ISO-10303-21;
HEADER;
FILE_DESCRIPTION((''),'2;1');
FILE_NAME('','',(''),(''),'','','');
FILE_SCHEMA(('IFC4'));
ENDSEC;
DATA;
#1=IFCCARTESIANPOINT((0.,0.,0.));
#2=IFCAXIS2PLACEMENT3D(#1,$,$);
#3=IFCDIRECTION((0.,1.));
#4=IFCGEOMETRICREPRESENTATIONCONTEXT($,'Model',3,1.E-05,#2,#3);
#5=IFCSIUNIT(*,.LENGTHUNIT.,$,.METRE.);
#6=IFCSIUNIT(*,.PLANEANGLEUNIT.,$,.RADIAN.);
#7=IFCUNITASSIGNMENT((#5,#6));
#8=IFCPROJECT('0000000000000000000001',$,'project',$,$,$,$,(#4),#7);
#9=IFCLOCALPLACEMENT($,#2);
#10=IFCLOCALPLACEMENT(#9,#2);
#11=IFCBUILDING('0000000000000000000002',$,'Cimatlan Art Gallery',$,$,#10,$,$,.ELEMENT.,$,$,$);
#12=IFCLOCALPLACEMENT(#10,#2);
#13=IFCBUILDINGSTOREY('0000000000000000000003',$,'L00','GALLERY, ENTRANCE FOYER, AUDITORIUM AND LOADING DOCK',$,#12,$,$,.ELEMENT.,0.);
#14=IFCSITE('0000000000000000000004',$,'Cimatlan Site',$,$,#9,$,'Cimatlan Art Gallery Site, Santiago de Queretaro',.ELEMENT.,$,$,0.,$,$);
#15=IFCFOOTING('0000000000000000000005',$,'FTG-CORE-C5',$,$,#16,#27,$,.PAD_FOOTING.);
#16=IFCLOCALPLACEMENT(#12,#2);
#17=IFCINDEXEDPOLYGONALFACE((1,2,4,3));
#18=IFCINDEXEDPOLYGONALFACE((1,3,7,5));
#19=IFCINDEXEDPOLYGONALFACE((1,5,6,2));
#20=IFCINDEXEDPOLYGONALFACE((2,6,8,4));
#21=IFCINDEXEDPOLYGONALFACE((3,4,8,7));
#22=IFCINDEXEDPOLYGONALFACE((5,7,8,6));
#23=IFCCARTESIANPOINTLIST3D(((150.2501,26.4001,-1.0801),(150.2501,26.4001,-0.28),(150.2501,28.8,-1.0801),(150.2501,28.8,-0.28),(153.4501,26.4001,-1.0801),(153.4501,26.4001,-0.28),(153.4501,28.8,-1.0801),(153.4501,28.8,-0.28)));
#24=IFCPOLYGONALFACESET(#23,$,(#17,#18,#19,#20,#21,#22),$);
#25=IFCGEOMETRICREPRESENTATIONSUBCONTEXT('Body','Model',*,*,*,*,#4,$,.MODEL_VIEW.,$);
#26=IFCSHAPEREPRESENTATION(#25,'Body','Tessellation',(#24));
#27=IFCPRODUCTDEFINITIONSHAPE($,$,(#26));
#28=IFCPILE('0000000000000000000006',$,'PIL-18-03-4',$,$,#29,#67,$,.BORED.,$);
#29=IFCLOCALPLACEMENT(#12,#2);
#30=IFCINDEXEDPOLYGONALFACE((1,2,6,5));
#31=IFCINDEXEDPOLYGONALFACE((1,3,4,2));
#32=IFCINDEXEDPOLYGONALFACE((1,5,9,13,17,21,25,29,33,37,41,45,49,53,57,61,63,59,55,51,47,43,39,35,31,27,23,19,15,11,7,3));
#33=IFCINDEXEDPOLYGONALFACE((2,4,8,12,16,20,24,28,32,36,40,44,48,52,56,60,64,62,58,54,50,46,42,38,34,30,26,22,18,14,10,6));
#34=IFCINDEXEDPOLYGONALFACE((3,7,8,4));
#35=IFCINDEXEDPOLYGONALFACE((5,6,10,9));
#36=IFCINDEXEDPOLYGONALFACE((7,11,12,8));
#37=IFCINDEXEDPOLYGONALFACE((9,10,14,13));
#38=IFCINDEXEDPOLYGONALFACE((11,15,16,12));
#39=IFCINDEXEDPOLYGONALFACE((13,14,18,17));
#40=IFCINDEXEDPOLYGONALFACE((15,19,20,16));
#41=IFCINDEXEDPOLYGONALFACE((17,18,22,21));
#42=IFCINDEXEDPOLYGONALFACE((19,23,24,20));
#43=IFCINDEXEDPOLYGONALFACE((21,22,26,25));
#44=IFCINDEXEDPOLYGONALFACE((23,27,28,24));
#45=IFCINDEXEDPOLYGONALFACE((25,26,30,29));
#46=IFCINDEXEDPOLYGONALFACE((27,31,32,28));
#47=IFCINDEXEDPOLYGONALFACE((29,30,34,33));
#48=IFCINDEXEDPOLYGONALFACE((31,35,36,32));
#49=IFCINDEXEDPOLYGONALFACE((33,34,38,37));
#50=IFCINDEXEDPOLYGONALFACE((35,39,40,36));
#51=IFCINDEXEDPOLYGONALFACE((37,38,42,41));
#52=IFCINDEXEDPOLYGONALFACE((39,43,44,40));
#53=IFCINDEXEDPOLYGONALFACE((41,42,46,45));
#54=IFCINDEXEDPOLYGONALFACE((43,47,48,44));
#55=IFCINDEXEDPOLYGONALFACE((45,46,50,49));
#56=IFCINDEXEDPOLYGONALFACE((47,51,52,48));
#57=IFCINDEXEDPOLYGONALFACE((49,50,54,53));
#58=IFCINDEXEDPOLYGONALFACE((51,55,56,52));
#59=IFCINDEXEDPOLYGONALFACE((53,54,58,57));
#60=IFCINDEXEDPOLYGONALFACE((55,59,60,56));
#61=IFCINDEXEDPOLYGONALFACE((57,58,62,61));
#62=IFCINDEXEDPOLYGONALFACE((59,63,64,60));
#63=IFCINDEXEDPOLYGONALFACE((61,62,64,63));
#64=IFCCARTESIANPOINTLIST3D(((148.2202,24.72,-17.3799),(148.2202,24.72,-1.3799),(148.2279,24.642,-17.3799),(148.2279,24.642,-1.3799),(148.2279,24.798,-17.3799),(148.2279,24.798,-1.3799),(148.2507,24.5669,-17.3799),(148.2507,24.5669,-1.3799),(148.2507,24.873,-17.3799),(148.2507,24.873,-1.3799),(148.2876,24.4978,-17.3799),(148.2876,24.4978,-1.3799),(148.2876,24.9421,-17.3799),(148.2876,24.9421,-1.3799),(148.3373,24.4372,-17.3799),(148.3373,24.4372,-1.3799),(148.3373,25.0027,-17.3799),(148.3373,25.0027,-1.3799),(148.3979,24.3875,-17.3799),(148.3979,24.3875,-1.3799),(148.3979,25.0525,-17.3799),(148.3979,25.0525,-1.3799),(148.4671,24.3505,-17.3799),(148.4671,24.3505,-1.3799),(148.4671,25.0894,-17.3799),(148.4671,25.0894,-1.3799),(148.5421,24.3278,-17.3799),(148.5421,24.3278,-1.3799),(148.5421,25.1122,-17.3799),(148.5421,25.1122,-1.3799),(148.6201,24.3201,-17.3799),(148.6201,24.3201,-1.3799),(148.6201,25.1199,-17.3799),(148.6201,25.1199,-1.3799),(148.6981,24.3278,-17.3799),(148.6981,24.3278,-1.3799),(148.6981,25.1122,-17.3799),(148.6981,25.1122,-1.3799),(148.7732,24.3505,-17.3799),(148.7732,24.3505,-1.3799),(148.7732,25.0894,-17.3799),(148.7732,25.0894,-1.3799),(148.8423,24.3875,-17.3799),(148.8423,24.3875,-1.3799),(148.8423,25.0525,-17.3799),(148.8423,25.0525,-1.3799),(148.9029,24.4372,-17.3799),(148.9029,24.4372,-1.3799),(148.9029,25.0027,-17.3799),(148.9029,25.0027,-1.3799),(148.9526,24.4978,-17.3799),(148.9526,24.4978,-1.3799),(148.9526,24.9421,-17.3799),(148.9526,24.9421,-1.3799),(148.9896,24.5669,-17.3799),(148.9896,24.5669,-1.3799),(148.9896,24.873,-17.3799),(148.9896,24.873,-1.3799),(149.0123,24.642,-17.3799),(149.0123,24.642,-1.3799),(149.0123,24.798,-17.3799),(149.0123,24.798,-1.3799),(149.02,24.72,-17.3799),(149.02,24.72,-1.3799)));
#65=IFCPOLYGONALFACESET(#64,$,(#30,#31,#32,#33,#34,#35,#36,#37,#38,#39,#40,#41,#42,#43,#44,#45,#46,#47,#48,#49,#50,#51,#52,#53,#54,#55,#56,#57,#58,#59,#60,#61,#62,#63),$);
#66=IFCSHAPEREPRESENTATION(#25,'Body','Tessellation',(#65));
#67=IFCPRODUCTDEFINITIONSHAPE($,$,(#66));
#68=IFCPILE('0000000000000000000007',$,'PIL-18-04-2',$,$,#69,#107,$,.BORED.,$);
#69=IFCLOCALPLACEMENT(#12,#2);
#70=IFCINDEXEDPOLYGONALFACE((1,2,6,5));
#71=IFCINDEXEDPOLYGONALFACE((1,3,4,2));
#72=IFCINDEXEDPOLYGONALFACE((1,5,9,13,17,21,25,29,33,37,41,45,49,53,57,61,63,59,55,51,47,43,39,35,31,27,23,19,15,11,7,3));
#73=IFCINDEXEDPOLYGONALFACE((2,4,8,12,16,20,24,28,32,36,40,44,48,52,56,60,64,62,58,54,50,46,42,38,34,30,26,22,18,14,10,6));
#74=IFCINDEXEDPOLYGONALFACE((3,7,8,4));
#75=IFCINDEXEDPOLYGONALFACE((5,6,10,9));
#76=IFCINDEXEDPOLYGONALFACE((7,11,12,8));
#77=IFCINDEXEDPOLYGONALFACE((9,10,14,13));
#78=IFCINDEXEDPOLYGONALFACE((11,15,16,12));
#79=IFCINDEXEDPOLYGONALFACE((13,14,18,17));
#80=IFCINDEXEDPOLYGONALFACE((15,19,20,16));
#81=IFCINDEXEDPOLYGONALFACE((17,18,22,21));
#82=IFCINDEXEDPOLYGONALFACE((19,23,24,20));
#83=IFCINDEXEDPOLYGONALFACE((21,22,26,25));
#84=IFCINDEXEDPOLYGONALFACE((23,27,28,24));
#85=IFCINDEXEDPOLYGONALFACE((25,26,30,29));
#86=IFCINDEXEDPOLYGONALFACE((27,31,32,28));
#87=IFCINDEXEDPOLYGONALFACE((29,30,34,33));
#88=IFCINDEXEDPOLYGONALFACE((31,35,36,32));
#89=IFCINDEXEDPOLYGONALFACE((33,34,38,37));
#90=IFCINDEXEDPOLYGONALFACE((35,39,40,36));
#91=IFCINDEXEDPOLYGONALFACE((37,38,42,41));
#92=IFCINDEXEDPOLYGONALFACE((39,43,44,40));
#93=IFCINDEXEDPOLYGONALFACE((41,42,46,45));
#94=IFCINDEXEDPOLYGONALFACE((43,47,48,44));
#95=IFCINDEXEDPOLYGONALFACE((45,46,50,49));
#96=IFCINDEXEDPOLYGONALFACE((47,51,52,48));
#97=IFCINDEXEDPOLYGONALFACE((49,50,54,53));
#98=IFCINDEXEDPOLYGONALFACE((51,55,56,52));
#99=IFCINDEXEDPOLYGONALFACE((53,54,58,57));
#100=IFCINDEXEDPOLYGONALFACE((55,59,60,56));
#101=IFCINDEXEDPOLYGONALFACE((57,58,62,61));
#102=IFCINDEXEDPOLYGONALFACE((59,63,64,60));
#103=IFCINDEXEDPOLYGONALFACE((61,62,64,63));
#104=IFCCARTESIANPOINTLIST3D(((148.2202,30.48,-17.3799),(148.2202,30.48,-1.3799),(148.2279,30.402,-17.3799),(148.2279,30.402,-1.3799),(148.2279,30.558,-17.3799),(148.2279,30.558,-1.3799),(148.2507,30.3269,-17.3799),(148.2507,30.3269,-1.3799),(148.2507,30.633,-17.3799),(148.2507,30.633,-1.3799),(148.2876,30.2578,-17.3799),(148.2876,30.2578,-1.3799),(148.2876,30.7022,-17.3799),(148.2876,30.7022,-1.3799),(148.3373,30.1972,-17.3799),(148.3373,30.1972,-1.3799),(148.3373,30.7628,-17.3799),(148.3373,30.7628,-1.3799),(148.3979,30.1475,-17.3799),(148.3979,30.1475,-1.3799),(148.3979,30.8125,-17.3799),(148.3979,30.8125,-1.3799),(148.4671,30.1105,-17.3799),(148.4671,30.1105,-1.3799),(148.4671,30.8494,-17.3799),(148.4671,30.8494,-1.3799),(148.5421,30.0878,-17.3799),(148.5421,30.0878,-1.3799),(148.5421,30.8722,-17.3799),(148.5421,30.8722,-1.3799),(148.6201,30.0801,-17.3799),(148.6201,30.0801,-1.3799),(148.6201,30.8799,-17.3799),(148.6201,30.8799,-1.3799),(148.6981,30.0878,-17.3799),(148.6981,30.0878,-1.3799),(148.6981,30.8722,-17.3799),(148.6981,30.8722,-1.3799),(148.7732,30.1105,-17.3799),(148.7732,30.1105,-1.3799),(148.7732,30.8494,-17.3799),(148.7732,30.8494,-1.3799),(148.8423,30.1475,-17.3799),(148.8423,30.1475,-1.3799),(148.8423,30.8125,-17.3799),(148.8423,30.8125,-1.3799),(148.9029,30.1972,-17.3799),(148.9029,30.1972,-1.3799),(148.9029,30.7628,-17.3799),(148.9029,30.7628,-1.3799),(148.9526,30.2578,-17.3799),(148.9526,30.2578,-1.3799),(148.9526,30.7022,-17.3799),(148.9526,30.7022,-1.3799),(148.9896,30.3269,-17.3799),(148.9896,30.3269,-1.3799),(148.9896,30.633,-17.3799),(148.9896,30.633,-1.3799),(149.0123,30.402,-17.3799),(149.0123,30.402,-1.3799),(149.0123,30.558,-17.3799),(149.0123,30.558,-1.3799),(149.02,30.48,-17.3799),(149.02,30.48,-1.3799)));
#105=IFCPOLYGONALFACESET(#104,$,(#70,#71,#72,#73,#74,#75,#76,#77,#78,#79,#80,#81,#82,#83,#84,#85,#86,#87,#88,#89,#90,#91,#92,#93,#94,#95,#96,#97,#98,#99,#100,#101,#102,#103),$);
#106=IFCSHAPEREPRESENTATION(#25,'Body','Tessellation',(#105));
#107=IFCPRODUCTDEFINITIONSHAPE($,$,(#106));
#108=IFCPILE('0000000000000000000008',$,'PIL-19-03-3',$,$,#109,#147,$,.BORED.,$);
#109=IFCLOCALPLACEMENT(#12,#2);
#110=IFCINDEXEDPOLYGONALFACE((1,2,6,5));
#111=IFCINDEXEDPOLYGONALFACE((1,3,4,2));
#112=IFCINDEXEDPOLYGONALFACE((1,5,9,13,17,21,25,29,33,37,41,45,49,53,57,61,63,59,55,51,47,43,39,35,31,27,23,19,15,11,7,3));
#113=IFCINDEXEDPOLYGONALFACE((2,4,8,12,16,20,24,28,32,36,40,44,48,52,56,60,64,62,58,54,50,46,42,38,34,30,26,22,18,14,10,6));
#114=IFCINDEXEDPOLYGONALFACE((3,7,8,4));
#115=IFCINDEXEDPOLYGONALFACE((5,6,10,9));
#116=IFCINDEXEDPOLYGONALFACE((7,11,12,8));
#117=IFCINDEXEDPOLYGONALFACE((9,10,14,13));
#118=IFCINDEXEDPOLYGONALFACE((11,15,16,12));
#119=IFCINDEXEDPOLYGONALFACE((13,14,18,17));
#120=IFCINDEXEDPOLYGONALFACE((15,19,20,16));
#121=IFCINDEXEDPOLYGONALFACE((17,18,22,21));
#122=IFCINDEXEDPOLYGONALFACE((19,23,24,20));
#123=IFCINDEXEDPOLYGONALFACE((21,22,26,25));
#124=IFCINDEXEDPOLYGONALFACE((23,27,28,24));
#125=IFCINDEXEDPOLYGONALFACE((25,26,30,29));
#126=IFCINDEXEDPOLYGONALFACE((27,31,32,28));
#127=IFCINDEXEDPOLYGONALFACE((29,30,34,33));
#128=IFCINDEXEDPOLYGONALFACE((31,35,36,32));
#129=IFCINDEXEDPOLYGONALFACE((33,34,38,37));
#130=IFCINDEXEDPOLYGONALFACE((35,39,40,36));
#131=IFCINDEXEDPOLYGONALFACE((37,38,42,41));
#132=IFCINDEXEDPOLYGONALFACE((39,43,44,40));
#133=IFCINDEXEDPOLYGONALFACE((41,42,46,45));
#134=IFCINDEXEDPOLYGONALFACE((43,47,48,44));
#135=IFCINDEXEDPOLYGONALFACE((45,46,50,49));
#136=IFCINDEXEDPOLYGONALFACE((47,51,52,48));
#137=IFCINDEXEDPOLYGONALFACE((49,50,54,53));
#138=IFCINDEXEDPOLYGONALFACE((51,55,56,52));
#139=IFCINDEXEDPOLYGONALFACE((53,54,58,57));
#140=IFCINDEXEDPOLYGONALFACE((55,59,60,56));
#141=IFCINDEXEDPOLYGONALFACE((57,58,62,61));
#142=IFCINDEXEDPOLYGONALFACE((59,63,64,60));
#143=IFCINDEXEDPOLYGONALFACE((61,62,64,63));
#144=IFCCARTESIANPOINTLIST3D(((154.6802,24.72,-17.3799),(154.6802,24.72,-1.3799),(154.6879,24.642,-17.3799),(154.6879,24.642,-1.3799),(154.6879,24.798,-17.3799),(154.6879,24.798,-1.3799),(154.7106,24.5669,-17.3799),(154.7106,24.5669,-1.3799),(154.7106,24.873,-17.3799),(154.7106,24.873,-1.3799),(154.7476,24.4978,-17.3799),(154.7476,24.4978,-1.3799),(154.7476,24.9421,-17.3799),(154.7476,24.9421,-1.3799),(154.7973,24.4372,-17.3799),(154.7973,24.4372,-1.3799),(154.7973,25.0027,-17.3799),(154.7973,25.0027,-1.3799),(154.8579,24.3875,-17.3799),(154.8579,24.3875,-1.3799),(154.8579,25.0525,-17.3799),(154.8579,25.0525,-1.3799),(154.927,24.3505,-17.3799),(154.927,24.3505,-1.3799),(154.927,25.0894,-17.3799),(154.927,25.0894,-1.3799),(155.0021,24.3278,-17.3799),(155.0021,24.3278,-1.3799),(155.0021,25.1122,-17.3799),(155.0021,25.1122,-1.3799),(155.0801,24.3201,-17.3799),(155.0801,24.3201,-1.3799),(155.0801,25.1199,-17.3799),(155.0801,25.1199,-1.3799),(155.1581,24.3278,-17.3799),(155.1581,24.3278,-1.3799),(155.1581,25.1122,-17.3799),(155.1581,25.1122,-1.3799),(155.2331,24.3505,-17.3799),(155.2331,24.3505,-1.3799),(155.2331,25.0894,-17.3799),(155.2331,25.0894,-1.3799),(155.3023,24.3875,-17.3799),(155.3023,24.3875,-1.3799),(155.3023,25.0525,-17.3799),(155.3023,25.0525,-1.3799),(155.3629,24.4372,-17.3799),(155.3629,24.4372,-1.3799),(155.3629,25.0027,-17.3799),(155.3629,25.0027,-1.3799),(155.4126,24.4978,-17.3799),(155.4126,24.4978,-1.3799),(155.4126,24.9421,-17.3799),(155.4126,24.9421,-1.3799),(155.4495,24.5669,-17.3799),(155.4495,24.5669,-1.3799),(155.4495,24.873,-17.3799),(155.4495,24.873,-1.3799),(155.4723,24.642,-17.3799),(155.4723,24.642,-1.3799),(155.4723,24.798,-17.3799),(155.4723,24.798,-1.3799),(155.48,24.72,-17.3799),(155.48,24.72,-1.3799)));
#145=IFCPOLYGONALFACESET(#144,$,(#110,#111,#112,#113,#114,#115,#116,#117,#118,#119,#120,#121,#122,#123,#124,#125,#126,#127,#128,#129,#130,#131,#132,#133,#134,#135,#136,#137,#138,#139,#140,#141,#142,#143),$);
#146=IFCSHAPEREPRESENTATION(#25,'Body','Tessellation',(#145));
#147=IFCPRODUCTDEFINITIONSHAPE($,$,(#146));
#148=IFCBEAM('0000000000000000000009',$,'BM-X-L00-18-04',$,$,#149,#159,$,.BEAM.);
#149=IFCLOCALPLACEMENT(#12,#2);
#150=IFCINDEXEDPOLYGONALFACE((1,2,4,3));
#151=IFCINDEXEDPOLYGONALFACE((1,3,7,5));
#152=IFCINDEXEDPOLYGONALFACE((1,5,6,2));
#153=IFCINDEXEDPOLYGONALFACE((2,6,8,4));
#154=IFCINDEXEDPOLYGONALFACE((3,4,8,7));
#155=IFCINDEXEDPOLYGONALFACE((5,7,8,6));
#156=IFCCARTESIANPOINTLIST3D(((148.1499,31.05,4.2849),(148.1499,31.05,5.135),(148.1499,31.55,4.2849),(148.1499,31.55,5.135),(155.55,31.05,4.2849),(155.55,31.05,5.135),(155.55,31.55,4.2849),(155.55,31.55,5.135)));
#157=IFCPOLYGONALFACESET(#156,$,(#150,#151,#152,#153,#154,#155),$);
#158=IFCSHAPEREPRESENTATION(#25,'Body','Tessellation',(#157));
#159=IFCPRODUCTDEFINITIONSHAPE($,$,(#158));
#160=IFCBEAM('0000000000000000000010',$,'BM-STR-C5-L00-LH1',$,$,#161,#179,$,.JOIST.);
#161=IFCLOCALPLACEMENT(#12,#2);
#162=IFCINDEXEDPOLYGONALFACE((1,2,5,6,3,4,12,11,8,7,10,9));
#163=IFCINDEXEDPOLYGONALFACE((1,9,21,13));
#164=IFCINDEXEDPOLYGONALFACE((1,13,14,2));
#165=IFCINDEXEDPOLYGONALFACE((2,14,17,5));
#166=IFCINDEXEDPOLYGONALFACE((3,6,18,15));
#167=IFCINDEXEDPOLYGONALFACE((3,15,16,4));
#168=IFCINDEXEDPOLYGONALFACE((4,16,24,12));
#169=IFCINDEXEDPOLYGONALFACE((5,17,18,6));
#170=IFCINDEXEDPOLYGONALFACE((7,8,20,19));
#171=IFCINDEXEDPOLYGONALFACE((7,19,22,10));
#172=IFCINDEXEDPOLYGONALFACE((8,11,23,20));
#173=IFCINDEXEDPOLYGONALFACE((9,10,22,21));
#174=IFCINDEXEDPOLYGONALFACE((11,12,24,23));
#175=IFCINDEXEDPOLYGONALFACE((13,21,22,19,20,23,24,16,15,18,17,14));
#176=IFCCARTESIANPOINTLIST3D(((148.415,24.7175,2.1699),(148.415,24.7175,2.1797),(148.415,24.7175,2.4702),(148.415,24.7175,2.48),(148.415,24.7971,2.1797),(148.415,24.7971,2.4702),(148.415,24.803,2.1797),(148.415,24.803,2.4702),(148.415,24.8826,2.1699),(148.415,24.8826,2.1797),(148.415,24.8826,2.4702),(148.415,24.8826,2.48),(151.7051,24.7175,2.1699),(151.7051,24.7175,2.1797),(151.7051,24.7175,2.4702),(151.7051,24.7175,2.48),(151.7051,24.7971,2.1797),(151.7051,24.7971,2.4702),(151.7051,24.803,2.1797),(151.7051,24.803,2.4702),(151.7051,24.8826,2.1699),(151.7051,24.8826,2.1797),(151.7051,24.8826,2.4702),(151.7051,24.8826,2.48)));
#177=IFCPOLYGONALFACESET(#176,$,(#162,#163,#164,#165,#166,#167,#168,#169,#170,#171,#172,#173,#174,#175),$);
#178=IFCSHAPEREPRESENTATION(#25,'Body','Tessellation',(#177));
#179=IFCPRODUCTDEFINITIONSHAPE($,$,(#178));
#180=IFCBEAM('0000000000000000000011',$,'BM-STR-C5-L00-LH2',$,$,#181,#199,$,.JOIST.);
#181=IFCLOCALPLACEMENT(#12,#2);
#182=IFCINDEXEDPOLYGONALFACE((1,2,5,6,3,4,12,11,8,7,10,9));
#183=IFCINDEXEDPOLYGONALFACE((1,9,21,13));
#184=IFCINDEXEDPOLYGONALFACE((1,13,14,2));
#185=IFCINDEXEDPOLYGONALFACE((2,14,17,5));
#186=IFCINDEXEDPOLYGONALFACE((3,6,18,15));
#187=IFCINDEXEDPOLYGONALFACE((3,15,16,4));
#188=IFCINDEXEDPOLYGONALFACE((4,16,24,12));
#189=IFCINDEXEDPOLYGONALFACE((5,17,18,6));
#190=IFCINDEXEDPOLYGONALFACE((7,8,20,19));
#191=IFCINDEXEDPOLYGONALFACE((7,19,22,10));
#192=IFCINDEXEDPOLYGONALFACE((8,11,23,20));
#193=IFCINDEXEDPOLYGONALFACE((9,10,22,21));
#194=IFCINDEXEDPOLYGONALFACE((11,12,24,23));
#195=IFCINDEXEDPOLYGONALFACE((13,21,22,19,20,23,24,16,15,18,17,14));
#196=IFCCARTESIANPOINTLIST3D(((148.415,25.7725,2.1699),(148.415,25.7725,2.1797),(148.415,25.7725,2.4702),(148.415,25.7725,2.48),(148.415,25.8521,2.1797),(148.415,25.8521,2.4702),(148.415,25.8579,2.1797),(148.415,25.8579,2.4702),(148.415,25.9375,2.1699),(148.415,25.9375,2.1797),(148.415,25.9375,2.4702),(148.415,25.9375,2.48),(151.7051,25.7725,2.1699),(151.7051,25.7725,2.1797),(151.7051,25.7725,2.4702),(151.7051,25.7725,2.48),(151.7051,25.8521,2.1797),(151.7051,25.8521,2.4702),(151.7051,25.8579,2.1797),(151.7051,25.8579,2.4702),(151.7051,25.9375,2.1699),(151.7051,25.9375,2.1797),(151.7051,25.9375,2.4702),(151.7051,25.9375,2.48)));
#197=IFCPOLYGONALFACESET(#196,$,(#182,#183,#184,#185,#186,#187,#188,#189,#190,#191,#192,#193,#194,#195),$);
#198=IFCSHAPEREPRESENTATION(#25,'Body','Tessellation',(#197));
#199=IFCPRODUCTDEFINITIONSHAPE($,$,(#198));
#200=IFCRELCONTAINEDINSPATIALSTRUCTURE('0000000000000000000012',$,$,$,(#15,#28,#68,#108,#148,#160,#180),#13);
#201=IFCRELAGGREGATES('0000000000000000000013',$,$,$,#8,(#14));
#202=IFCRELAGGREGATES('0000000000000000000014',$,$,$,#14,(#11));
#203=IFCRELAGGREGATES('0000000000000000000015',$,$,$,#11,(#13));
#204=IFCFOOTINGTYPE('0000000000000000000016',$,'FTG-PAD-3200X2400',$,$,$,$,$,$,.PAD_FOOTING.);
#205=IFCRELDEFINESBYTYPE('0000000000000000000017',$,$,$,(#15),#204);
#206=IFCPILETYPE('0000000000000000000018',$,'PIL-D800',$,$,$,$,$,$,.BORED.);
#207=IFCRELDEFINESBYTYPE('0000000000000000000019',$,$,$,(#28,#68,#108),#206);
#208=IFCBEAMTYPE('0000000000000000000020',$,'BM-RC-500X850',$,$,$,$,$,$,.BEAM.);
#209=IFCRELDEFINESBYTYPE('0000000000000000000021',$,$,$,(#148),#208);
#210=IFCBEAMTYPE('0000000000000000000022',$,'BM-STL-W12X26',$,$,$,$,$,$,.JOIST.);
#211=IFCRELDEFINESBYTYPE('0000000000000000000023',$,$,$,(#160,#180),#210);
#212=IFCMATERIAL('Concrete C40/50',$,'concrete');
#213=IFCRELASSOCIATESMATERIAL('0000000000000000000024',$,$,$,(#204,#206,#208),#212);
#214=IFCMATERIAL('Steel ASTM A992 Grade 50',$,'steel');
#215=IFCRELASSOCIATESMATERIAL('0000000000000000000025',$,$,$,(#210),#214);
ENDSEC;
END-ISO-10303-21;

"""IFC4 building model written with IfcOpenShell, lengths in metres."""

from ifc_helpers import new_model, si_unit, direction, frame, origin, origin_2d, place, context, subcontext, project, spatial, rectangle, circle, i_section, extrude, material, material_profile, profile_set, type_object, element, save


model = new_model("IFC4")

# Units and contexts
model_context = context("Model", 3, precision=1e-05, world=origin(), true_north=direction((0.0, 1.0)))
body_context = subcontext(model_context, "Body", "Model", "MODEL_VIEW")
ifc_project = project(units=[si_unit("LENGTHUNIT", "METRE"), si_unit("PLANEANGLEUNIT", "RADIAN")], contexts=[model_context])

# Site, building, storey
site_placement = place(None, origin())
site = spatial("IfcSite", under=ifc_project, at=site_placement, Name="Cimatlan Site", LongName="Cimatlan Art Gallery Site, Santiago de Queretaro", CompositionType="ELEMENT", RefElevation=0.0)
building_placement = place(site_placement, origin())
building = spatial("IfcBuilding", under=site, at=building_placement, Name="Cimatlan Art Gallery", CompositionType="ELEMENT")
storey_placement = place(building_placement, origin())
storey = spatial("IfcBuildingStorey", under=building, at=storey_placement, Name="L00", Description="GALLERY, ENTRANCE FOYER, AUDITORIUM AND LOADING DOCK", CompositionType="ELEMENT", Elevation=0.0)

# Footing
ifc_material_1 = material(Name="Concrete C40/50", Category="concrete")
footing_type = type_object("IfcFootingType", Name="FTG-PAD-3200X2400", PredefinedType="PAD_FOOTING", material=ifc_material_1)
footing_placement = place(storey_placement, frame((151.8501, 27.6001, -1.0801), z_axis=(0.0, 0.0, 1.0), x_axis=(1.0, 0.0, 0.0)))
element("IfcFooting", 1, at=footing_placement, inside=storey, type_object=footing_type, Name="FTG-CORE-C5", PredefinedType="PAD_FOOTING", context=body_context, shape_type="SweptSolid", body=[
    extrude(rectangle(XDim=3.2, YDim=2.3999, at=origin_2d()), origin(), (0.0, 0.0, 1.0), 0.8),
])

# Piles
pile_type = type_object("IfcPileType", Name="PIL-D800", PredefinedType="BORED", material=ifc_material_1)
for number, where, z_axis, x_axis, name in (
    (2, (148.6201, 24.72, -1.3799), (0.0, 0.0, -1.0), (1.0, 0.0, 0.0), "PIL-18-03-4"),
    (3, (148.6201, 30.48, -1.3799), (0.0, 0.0, -1.0), (1.0, 0.0, 0.0), "PIL-18-04-2"),
    (4, (155.0801, 24.72, -1.3799), (0.0, 0.0, -1.0), (1.0, 0.0, 0.0), "PIL-19-03-3"),
):
    element("IfcPile", number, at=place(storey_placement, frame(where, z_axis=z_axis, x_axis=x_axis)), inside=storey, type_object=pile_type, Name=name, PredefinedType="BORED", context=body_context, shape_type="SweptSolid", body=[
        extrude(circle(Radius=0.3999, at=origin_2d()), origin(), (0.0, 0.0, 1.0), 16.0),
    ])

# Beams
ifc_material_profile_1 = material_profile(ifc_material_1, rectangle(XDim=0.5, YDim=0.8501, at=origin_2d()), Name="RC500X850")
ifc_profile_set_1 = profile_set([ifc_material_profile_1], Name="Concrete C40/50")
beam_type_1 = type_object("IfcBeamType", Name="BM-RC-500X850", PredefinedType="BEAM", material=ifc_profile_set_1)
beam_placement = place(storey_placement, frame((148.1499, 31.3, 4.71), z_axis=(1.0, 0.0, 0.0), x_axis=(0.0, 1.0, 0.0)))
element("IfcBeam", 5, at=beam_placement, inside=storey, type_object=beam_type_1, Name="BM-X-L00-18-04", PredefinedType="BEAM", context=body_context, shape_type="SweptSolid", body=[
    extrude(rectangle(XDim=0.5, YDim=0.8501, at=origin_2d()), origin(), (0.0, 0.0, 1.0), 7.4001),
])
ifc_material_2 = material(Name="Steel ASTM A992 Grade 50", Category="steel")
ifc_material_profile_2 = material_profile(ifc_material_2, i_section(OverallWidth=0.165, OverallDepth=0.3101, WebThickness=0.0059, FlangeThickness=0.0098, at=origin_2d()), Name="W12X26")
ifc_profile_set_2 = profile_set([ifc_material_profile_2], Name="Steel ASTM A992 Grade 50")
beam_type_2 = type_object("IfcBeamType", Name="BM-STL-W12X26", PredefinedType="JOIST", material=ifc_profile_set_2)
for number, where, z_axis, x_axis, name in (
    (6, (148.415, 24.8, 2.325), (1.0, 0.0, 0.0), (0.0, 1.0, 0.0), "BM-STR-C5-L00-LH1"),
    (7, (148.415, 25.855, 2.325), (1.0, 0.0, 0.0), (0.0, 1.0, 0.0), "BM-STR-C5-L00-LH2"),
):
    element("IfcBeam", number, at=place(storey_placement, frame(where, z_axis=z_axis, x_axis=x_axis)), inside=storey, type_object=beam_type_2, Name=name, PredefinedType="JOIST", context=body_context, shape_type="SweptSolid", body=[
        extrude(i_section(OverallWidth=0.165, OverallDepth=0.3101, WebThickness=0.0059, FlangeThickness=0.0098, at=origin_2d()), origin(), (0.0, 0.0, 1.0), 3.29),
    ])

save(model, "model.ifc")
